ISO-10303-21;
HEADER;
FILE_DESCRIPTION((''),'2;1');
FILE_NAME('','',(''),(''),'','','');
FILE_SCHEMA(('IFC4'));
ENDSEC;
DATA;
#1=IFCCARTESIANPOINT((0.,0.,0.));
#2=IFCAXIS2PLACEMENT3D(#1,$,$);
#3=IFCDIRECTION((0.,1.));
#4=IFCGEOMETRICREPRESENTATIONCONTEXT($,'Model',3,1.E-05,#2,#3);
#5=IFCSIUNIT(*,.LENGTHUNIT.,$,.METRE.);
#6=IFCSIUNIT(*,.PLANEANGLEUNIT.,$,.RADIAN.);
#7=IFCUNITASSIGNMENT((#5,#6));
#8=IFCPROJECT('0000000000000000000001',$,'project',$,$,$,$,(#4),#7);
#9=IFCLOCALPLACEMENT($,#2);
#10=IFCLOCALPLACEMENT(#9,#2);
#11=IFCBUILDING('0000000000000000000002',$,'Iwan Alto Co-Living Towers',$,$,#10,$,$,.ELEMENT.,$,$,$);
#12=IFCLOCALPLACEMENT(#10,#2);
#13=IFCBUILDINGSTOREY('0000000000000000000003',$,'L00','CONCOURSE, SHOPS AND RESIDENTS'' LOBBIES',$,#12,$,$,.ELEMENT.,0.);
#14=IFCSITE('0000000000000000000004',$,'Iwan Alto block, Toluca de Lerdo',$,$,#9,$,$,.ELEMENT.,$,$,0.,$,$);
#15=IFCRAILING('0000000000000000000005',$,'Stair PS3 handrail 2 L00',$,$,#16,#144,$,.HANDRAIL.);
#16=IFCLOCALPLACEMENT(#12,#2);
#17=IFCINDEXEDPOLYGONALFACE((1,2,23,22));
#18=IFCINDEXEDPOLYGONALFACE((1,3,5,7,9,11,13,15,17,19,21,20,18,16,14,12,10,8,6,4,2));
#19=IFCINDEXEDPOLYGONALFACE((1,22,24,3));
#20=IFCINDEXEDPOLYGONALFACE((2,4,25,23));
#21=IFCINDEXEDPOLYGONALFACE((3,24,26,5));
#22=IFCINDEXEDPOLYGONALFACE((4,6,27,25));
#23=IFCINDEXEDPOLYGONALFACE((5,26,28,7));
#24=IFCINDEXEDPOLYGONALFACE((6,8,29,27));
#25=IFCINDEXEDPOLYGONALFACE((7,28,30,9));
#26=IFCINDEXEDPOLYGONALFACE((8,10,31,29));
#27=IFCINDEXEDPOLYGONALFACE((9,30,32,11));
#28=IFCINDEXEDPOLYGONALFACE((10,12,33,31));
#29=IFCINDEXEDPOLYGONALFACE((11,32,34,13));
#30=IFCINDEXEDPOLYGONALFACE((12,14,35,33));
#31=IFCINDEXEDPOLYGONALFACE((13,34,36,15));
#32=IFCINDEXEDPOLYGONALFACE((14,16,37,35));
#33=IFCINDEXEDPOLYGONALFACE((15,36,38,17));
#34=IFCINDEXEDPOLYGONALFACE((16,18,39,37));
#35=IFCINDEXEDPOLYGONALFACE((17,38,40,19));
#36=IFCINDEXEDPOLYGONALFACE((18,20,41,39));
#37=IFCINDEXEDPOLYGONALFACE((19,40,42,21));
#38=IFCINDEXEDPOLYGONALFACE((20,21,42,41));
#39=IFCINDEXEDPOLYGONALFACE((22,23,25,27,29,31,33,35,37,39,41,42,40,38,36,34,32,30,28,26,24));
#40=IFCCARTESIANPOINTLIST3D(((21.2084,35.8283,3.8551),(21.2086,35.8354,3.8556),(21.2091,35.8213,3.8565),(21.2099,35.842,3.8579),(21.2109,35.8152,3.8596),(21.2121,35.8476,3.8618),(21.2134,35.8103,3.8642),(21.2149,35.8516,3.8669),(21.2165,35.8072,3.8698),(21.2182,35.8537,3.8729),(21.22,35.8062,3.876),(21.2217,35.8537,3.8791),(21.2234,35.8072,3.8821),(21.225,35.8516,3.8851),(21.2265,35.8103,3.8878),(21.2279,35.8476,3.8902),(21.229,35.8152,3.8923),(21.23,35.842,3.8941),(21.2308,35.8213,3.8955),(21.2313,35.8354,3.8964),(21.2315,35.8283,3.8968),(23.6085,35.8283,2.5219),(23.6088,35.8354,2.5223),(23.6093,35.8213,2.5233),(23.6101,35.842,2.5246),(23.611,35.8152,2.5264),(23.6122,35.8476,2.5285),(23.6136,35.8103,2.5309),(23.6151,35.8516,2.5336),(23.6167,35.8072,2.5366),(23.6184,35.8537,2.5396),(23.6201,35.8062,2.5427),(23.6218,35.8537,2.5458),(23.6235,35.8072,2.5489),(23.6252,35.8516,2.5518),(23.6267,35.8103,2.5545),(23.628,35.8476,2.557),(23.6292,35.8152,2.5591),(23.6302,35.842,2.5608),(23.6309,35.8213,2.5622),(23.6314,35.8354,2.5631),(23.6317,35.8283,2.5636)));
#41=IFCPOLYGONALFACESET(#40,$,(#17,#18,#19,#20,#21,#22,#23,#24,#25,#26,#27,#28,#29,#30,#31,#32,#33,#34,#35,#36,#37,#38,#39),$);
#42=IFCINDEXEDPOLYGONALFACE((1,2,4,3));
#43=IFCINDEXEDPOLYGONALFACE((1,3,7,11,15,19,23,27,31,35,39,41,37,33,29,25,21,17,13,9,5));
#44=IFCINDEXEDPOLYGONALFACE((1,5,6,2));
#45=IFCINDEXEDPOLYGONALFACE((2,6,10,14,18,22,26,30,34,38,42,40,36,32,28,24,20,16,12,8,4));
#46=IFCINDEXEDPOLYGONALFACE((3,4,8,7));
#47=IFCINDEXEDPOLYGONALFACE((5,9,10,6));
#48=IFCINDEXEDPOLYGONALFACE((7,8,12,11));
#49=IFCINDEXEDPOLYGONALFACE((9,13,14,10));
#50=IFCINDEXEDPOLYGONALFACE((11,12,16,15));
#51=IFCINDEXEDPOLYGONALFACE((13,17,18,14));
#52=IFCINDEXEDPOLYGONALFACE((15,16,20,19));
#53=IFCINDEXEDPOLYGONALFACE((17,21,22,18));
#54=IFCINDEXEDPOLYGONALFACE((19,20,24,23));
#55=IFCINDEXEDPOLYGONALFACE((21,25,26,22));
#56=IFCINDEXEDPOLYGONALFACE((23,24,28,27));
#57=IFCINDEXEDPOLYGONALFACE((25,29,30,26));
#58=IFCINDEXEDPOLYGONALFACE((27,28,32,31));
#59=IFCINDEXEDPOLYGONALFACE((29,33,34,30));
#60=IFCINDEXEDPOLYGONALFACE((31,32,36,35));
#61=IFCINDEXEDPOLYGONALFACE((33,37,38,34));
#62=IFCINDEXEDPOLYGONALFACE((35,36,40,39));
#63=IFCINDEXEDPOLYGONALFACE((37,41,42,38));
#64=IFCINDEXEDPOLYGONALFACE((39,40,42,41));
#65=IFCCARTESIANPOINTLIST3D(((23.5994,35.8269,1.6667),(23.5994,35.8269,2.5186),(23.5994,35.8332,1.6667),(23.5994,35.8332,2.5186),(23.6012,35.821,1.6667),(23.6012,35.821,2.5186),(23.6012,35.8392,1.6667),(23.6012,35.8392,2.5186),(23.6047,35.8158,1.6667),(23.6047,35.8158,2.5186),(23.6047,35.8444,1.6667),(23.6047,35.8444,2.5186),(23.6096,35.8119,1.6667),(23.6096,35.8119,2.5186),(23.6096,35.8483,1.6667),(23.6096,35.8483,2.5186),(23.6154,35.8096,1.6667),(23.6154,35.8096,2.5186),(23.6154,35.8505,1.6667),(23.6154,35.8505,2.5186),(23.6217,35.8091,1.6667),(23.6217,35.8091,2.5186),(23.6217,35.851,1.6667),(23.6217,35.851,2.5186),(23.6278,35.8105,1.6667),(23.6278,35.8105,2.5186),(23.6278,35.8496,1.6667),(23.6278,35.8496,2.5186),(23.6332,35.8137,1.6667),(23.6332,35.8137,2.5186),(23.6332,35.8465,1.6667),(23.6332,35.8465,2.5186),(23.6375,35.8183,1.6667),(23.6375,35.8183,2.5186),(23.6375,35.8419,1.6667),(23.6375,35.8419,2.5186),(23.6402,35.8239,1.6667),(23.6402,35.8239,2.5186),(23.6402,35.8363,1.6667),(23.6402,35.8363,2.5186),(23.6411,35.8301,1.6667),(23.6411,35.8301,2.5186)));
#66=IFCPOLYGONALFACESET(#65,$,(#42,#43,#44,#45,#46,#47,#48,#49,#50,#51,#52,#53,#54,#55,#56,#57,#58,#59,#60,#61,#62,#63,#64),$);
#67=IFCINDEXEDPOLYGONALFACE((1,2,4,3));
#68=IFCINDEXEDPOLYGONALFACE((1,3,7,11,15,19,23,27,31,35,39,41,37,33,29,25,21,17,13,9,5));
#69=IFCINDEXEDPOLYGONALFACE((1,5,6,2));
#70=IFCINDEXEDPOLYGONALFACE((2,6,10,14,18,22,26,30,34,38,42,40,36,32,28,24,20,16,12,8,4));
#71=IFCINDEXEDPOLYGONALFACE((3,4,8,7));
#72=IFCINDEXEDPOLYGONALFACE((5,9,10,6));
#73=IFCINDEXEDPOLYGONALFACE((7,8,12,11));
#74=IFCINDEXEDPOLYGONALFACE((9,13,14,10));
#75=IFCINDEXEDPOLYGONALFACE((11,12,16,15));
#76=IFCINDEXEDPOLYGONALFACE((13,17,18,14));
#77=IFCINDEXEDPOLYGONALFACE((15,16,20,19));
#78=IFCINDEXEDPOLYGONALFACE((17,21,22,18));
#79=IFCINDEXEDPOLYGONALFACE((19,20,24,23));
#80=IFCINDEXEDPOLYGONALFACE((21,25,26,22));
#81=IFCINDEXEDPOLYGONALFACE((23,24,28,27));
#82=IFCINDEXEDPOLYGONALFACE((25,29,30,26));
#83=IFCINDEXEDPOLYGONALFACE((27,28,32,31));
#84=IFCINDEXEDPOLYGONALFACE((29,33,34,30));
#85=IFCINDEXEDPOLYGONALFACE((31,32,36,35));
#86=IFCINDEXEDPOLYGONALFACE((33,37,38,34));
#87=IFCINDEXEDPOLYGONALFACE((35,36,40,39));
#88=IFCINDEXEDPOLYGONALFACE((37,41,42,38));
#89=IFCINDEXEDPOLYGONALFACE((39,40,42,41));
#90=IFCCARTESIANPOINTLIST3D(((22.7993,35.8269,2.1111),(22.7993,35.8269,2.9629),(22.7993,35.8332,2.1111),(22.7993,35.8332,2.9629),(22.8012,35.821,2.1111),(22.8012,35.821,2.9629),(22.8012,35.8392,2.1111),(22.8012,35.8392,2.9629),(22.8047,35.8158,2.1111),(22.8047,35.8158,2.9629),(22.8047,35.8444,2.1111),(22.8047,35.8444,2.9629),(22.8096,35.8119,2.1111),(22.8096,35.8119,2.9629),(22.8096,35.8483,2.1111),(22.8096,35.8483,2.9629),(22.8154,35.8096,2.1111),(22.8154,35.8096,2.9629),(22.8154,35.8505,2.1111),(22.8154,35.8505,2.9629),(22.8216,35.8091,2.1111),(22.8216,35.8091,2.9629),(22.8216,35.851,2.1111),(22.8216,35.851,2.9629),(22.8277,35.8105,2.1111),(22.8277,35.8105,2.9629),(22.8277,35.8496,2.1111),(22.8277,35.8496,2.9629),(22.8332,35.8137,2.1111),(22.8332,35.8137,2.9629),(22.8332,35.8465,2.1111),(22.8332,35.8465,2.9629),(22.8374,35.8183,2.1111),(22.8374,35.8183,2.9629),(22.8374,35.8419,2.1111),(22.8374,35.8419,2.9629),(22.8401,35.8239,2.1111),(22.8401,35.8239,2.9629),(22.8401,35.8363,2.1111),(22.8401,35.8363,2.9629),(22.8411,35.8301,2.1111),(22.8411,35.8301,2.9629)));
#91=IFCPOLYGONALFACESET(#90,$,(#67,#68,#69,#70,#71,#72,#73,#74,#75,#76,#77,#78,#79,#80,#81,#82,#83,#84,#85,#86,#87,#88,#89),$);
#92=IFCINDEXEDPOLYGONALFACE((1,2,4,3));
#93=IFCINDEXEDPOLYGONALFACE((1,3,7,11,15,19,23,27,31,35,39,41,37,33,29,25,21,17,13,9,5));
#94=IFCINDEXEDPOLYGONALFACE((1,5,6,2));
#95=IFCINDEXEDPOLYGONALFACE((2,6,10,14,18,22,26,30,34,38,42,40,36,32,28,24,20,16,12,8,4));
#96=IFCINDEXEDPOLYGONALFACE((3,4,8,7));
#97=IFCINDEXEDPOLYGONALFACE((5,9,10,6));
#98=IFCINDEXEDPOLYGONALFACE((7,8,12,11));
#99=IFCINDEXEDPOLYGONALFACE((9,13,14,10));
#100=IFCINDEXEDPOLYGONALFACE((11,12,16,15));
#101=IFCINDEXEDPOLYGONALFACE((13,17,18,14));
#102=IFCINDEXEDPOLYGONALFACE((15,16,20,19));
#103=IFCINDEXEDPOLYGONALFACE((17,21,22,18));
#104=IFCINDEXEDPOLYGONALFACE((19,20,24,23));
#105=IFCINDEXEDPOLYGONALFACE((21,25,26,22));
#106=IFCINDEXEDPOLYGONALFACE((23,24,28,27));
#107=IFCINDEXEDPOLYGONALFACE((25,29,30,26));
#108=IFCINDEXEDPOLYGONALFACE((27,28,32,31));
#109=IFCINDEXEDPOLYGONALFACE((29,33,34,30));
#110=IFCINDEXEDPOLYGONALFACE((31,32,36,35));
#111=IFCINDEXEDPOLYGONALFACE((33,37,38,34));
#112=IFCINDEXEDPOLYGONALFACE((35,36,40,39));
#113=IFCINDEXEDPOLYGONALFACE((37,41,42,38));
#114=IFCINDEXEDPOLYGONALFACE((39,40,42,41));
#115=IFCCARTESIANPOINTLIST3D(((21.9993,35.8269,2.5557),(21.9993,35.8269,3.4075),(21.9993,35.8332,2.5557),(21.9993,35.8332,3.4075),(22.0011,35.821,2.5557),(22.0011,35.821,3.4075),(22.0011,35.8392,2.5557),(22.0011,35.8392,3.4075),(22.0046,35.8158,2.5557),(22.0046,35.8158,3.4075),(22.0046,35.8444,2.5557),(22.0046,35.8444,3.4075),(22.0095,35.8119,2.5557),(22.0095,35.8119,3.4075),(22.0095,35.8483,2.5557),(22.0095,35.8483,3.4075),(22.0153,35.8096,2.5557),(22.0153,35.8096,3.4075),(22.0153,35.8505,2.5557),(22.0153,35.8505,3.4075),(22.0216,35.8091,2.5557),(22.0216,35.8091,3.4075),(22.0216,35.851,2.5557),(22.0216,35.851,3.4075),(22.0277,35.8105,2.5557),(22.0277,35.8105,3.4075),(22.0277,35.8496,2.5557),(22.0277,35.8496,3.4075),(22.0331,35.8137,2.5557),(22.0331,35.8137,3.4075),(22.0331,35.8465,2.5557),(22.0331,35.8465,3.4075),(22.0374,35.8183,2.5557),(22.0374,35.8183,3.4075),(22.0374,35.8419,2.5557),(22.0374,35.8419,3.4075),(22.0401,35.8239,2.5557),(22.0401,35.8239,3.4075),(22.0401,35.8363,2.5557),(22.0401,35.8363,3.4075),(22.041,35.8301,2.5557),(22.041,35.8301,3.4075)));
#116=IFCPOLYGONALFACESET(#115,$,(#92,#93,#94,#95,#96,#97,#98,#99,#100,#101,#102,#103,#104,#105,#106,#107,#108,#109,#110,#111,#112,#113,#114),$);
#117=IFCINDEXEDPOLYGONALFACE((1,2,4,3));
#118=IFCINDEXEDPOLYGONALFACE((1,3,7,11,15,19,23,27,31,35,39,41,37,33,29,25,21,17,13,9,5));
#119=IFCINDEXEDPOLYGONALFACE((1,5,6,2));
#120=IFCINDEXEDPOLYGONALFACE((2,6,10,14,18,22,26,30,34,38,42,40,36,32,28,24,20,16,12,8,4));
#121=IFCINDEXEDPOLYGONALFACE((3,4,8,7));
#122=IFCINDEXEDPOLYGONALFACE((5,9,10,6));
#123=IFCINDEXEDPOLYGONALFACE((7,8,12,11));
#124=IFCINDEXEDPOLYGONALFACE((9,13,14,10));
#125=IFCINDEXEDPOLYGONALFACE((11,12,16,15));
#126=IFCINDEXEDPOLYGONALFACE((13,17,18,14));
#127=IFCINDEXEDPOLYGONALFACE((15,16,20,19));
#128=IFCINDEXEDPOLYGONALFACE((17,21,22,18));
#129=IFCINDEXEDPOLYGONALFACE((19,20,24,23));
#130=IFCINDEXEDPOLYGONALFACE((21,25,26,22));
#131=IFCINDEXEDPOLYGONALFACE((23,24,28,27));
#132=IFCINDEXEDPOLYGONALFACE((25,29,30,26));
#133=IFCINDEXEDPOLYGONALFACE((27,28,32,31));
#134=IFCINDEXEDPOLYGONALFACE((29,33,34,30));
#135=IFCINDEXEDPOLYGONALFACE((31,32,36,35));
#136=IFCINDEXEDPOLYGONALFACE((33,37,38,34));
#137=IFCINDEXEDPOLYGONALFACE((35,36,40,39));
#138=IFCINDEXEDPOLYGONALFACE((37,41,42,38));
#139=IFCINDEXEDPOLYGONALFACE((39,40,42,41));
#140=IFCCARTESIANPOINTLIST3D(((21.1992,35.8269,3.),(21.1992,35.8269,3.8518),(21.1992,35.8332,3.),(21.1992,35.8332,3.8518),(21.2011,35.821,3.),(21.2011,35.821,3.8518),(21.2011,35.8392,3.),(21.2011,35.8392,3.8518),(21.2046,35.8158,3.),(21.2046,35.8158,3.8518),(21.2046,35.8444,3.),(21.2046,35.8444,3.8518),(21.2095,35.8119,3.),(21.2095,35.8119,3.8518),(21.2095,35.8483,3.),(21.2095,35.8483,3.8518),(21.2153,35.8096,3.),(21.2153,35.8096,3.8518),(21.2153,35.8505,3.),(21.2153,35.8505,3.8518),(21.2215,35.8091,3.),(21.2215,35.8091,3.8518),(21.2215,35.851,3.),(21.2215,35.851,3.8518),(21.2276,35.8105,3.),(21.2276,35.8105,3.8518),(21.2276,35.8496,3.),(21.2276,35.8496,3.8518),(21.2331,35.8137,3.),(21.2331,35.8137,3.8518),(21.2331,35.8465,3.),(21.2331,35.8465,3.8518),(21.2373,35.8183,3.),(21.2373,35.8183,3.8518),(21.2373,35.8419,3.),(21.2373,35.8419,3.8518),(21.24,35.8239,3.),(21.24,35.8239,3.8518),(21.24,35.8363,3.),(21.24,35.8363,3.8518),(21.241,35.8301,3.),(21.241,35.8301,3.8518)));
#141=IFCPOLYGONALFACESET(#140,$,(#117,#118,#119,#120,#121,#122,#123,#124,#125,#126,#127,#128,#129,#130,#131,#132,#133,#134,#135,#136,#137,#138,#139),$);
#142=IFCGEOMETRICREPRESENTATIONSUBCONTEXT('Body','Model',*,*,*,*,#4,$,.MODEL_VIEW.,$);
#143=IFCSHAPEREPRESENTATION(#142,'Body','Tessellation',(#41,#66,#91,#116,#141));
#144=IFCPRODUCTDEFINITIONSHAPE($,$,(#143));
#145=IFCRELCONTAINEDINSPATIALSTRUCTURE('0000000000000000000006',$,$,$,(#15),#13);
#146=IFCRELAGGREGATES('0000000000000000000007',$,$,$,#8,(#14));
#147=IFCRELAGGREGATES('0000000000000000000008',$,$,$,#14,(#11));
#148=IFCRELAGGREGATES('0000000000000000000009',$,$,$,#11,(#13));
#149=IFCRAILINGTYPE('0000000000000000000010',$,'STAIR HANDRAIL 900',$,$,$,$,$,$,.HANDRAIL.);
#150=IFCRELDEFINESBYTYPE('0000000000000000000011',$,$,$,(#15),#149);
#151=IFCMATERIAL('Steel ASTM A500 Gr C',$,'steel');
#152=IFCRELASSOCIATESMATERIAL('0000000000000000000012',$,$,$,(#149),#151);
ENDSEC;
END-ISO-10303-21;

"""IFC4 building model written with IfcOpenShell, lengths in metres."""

from ifc_helpers import new_model, si_unit, direction, frame, origin, origin_2d, place, context, subcontext, project, spatial, circle, extrude, material, type_object, element, save


model = new_model("IFC4")

# Units and contexts
model_context = context("Model", 3, precision=1e-05, world=origin(), true_north=direction((0.0, 1.0)))
body_context = subcontext(model_context, "Body", "Model", "MODEL_VIEW")
ifc_project = project(units=[si_unit("LENGTHUNIT", "METRE"), si_unit("PLANEANGLEUNIT", "RADIAN")], contexts=[model_context])

# Site, building, storey
site_placement = place(None, origin())
site = spatial("IfcSite", under=ifc_project, at=site_placement, Name="Iwan Alto block, Toluca de Lerdo", CompositionType="ELEMENT", RefElevation=0.0)
building_placement = place(site_placement, origin())
building = spatial("IfcBuilding", under=site, at=building_placement, Name="Iwan Alto Co-Living Towers", CompositionType="ELEMENT")
storey_placement = place(building_placement, origin())
storey = spatial("IfcBuildingStorey", under=building, at=storey_placement, Name="L00", Description="CONCOURSE, SHOPS AND RESIDENTS' LOBBIES", CompositionType="ELEMENT", Elevation=0.0)

# Railing
ifc_material_1 = material(Name="Steel ASTM A500 Gr C", Category="steel")
railing_type_1 = type_object("IfcRailingType", Name="STAIR HANDRAIL 900", PredefinedType="HANDRAIL", material=ifc_material_1)
railing_1_placement = place(storey_placement, frame((23.6201, 35.8301, 1.6667)))
element("IfcRailing", 1, at=railing_1_placement, inside=storey, type_object=railing_type_1, Name="Stair PS3 handrail 2 L00", PredefinedType="HANDRAIL", context=body_context, shape_type="SweptSolid", body=[
    extrude(circle(Radius=0.0239, at=origin_2d()), frame((0.0, 0.0, 0.876), z_axis=(-0.874182, 0.0, 0.485598), x_axis=(0.0, -1.0, 0.0)), (0.0, 0.0, 1.0), 2.7456),
    extrude(circle(Radius=0.021, at=origin_2d()), origin(), (0.0, 0.0, 1.0), 0.8518),
    extrude(circle(Radius=0.021, at=origin_2d()), frame((-0.8, 0.0, 0.4443)), (0.0, 0.0, 1.0), 0.8518),
    extrude(circle(Radius=0.021, at=origin_2d()), frame((-1.6001, 0.0, 0.8889)), (0.0, 0.0, 1.0), 0.8518),
    extrude(circle(Radius=0.021, at=origin_2d()), frame((-2.4001, 0.0, 1.3333)), (0.0, 0.0, 1.0), 0.8518),
])

save(model, "model.ifc")
